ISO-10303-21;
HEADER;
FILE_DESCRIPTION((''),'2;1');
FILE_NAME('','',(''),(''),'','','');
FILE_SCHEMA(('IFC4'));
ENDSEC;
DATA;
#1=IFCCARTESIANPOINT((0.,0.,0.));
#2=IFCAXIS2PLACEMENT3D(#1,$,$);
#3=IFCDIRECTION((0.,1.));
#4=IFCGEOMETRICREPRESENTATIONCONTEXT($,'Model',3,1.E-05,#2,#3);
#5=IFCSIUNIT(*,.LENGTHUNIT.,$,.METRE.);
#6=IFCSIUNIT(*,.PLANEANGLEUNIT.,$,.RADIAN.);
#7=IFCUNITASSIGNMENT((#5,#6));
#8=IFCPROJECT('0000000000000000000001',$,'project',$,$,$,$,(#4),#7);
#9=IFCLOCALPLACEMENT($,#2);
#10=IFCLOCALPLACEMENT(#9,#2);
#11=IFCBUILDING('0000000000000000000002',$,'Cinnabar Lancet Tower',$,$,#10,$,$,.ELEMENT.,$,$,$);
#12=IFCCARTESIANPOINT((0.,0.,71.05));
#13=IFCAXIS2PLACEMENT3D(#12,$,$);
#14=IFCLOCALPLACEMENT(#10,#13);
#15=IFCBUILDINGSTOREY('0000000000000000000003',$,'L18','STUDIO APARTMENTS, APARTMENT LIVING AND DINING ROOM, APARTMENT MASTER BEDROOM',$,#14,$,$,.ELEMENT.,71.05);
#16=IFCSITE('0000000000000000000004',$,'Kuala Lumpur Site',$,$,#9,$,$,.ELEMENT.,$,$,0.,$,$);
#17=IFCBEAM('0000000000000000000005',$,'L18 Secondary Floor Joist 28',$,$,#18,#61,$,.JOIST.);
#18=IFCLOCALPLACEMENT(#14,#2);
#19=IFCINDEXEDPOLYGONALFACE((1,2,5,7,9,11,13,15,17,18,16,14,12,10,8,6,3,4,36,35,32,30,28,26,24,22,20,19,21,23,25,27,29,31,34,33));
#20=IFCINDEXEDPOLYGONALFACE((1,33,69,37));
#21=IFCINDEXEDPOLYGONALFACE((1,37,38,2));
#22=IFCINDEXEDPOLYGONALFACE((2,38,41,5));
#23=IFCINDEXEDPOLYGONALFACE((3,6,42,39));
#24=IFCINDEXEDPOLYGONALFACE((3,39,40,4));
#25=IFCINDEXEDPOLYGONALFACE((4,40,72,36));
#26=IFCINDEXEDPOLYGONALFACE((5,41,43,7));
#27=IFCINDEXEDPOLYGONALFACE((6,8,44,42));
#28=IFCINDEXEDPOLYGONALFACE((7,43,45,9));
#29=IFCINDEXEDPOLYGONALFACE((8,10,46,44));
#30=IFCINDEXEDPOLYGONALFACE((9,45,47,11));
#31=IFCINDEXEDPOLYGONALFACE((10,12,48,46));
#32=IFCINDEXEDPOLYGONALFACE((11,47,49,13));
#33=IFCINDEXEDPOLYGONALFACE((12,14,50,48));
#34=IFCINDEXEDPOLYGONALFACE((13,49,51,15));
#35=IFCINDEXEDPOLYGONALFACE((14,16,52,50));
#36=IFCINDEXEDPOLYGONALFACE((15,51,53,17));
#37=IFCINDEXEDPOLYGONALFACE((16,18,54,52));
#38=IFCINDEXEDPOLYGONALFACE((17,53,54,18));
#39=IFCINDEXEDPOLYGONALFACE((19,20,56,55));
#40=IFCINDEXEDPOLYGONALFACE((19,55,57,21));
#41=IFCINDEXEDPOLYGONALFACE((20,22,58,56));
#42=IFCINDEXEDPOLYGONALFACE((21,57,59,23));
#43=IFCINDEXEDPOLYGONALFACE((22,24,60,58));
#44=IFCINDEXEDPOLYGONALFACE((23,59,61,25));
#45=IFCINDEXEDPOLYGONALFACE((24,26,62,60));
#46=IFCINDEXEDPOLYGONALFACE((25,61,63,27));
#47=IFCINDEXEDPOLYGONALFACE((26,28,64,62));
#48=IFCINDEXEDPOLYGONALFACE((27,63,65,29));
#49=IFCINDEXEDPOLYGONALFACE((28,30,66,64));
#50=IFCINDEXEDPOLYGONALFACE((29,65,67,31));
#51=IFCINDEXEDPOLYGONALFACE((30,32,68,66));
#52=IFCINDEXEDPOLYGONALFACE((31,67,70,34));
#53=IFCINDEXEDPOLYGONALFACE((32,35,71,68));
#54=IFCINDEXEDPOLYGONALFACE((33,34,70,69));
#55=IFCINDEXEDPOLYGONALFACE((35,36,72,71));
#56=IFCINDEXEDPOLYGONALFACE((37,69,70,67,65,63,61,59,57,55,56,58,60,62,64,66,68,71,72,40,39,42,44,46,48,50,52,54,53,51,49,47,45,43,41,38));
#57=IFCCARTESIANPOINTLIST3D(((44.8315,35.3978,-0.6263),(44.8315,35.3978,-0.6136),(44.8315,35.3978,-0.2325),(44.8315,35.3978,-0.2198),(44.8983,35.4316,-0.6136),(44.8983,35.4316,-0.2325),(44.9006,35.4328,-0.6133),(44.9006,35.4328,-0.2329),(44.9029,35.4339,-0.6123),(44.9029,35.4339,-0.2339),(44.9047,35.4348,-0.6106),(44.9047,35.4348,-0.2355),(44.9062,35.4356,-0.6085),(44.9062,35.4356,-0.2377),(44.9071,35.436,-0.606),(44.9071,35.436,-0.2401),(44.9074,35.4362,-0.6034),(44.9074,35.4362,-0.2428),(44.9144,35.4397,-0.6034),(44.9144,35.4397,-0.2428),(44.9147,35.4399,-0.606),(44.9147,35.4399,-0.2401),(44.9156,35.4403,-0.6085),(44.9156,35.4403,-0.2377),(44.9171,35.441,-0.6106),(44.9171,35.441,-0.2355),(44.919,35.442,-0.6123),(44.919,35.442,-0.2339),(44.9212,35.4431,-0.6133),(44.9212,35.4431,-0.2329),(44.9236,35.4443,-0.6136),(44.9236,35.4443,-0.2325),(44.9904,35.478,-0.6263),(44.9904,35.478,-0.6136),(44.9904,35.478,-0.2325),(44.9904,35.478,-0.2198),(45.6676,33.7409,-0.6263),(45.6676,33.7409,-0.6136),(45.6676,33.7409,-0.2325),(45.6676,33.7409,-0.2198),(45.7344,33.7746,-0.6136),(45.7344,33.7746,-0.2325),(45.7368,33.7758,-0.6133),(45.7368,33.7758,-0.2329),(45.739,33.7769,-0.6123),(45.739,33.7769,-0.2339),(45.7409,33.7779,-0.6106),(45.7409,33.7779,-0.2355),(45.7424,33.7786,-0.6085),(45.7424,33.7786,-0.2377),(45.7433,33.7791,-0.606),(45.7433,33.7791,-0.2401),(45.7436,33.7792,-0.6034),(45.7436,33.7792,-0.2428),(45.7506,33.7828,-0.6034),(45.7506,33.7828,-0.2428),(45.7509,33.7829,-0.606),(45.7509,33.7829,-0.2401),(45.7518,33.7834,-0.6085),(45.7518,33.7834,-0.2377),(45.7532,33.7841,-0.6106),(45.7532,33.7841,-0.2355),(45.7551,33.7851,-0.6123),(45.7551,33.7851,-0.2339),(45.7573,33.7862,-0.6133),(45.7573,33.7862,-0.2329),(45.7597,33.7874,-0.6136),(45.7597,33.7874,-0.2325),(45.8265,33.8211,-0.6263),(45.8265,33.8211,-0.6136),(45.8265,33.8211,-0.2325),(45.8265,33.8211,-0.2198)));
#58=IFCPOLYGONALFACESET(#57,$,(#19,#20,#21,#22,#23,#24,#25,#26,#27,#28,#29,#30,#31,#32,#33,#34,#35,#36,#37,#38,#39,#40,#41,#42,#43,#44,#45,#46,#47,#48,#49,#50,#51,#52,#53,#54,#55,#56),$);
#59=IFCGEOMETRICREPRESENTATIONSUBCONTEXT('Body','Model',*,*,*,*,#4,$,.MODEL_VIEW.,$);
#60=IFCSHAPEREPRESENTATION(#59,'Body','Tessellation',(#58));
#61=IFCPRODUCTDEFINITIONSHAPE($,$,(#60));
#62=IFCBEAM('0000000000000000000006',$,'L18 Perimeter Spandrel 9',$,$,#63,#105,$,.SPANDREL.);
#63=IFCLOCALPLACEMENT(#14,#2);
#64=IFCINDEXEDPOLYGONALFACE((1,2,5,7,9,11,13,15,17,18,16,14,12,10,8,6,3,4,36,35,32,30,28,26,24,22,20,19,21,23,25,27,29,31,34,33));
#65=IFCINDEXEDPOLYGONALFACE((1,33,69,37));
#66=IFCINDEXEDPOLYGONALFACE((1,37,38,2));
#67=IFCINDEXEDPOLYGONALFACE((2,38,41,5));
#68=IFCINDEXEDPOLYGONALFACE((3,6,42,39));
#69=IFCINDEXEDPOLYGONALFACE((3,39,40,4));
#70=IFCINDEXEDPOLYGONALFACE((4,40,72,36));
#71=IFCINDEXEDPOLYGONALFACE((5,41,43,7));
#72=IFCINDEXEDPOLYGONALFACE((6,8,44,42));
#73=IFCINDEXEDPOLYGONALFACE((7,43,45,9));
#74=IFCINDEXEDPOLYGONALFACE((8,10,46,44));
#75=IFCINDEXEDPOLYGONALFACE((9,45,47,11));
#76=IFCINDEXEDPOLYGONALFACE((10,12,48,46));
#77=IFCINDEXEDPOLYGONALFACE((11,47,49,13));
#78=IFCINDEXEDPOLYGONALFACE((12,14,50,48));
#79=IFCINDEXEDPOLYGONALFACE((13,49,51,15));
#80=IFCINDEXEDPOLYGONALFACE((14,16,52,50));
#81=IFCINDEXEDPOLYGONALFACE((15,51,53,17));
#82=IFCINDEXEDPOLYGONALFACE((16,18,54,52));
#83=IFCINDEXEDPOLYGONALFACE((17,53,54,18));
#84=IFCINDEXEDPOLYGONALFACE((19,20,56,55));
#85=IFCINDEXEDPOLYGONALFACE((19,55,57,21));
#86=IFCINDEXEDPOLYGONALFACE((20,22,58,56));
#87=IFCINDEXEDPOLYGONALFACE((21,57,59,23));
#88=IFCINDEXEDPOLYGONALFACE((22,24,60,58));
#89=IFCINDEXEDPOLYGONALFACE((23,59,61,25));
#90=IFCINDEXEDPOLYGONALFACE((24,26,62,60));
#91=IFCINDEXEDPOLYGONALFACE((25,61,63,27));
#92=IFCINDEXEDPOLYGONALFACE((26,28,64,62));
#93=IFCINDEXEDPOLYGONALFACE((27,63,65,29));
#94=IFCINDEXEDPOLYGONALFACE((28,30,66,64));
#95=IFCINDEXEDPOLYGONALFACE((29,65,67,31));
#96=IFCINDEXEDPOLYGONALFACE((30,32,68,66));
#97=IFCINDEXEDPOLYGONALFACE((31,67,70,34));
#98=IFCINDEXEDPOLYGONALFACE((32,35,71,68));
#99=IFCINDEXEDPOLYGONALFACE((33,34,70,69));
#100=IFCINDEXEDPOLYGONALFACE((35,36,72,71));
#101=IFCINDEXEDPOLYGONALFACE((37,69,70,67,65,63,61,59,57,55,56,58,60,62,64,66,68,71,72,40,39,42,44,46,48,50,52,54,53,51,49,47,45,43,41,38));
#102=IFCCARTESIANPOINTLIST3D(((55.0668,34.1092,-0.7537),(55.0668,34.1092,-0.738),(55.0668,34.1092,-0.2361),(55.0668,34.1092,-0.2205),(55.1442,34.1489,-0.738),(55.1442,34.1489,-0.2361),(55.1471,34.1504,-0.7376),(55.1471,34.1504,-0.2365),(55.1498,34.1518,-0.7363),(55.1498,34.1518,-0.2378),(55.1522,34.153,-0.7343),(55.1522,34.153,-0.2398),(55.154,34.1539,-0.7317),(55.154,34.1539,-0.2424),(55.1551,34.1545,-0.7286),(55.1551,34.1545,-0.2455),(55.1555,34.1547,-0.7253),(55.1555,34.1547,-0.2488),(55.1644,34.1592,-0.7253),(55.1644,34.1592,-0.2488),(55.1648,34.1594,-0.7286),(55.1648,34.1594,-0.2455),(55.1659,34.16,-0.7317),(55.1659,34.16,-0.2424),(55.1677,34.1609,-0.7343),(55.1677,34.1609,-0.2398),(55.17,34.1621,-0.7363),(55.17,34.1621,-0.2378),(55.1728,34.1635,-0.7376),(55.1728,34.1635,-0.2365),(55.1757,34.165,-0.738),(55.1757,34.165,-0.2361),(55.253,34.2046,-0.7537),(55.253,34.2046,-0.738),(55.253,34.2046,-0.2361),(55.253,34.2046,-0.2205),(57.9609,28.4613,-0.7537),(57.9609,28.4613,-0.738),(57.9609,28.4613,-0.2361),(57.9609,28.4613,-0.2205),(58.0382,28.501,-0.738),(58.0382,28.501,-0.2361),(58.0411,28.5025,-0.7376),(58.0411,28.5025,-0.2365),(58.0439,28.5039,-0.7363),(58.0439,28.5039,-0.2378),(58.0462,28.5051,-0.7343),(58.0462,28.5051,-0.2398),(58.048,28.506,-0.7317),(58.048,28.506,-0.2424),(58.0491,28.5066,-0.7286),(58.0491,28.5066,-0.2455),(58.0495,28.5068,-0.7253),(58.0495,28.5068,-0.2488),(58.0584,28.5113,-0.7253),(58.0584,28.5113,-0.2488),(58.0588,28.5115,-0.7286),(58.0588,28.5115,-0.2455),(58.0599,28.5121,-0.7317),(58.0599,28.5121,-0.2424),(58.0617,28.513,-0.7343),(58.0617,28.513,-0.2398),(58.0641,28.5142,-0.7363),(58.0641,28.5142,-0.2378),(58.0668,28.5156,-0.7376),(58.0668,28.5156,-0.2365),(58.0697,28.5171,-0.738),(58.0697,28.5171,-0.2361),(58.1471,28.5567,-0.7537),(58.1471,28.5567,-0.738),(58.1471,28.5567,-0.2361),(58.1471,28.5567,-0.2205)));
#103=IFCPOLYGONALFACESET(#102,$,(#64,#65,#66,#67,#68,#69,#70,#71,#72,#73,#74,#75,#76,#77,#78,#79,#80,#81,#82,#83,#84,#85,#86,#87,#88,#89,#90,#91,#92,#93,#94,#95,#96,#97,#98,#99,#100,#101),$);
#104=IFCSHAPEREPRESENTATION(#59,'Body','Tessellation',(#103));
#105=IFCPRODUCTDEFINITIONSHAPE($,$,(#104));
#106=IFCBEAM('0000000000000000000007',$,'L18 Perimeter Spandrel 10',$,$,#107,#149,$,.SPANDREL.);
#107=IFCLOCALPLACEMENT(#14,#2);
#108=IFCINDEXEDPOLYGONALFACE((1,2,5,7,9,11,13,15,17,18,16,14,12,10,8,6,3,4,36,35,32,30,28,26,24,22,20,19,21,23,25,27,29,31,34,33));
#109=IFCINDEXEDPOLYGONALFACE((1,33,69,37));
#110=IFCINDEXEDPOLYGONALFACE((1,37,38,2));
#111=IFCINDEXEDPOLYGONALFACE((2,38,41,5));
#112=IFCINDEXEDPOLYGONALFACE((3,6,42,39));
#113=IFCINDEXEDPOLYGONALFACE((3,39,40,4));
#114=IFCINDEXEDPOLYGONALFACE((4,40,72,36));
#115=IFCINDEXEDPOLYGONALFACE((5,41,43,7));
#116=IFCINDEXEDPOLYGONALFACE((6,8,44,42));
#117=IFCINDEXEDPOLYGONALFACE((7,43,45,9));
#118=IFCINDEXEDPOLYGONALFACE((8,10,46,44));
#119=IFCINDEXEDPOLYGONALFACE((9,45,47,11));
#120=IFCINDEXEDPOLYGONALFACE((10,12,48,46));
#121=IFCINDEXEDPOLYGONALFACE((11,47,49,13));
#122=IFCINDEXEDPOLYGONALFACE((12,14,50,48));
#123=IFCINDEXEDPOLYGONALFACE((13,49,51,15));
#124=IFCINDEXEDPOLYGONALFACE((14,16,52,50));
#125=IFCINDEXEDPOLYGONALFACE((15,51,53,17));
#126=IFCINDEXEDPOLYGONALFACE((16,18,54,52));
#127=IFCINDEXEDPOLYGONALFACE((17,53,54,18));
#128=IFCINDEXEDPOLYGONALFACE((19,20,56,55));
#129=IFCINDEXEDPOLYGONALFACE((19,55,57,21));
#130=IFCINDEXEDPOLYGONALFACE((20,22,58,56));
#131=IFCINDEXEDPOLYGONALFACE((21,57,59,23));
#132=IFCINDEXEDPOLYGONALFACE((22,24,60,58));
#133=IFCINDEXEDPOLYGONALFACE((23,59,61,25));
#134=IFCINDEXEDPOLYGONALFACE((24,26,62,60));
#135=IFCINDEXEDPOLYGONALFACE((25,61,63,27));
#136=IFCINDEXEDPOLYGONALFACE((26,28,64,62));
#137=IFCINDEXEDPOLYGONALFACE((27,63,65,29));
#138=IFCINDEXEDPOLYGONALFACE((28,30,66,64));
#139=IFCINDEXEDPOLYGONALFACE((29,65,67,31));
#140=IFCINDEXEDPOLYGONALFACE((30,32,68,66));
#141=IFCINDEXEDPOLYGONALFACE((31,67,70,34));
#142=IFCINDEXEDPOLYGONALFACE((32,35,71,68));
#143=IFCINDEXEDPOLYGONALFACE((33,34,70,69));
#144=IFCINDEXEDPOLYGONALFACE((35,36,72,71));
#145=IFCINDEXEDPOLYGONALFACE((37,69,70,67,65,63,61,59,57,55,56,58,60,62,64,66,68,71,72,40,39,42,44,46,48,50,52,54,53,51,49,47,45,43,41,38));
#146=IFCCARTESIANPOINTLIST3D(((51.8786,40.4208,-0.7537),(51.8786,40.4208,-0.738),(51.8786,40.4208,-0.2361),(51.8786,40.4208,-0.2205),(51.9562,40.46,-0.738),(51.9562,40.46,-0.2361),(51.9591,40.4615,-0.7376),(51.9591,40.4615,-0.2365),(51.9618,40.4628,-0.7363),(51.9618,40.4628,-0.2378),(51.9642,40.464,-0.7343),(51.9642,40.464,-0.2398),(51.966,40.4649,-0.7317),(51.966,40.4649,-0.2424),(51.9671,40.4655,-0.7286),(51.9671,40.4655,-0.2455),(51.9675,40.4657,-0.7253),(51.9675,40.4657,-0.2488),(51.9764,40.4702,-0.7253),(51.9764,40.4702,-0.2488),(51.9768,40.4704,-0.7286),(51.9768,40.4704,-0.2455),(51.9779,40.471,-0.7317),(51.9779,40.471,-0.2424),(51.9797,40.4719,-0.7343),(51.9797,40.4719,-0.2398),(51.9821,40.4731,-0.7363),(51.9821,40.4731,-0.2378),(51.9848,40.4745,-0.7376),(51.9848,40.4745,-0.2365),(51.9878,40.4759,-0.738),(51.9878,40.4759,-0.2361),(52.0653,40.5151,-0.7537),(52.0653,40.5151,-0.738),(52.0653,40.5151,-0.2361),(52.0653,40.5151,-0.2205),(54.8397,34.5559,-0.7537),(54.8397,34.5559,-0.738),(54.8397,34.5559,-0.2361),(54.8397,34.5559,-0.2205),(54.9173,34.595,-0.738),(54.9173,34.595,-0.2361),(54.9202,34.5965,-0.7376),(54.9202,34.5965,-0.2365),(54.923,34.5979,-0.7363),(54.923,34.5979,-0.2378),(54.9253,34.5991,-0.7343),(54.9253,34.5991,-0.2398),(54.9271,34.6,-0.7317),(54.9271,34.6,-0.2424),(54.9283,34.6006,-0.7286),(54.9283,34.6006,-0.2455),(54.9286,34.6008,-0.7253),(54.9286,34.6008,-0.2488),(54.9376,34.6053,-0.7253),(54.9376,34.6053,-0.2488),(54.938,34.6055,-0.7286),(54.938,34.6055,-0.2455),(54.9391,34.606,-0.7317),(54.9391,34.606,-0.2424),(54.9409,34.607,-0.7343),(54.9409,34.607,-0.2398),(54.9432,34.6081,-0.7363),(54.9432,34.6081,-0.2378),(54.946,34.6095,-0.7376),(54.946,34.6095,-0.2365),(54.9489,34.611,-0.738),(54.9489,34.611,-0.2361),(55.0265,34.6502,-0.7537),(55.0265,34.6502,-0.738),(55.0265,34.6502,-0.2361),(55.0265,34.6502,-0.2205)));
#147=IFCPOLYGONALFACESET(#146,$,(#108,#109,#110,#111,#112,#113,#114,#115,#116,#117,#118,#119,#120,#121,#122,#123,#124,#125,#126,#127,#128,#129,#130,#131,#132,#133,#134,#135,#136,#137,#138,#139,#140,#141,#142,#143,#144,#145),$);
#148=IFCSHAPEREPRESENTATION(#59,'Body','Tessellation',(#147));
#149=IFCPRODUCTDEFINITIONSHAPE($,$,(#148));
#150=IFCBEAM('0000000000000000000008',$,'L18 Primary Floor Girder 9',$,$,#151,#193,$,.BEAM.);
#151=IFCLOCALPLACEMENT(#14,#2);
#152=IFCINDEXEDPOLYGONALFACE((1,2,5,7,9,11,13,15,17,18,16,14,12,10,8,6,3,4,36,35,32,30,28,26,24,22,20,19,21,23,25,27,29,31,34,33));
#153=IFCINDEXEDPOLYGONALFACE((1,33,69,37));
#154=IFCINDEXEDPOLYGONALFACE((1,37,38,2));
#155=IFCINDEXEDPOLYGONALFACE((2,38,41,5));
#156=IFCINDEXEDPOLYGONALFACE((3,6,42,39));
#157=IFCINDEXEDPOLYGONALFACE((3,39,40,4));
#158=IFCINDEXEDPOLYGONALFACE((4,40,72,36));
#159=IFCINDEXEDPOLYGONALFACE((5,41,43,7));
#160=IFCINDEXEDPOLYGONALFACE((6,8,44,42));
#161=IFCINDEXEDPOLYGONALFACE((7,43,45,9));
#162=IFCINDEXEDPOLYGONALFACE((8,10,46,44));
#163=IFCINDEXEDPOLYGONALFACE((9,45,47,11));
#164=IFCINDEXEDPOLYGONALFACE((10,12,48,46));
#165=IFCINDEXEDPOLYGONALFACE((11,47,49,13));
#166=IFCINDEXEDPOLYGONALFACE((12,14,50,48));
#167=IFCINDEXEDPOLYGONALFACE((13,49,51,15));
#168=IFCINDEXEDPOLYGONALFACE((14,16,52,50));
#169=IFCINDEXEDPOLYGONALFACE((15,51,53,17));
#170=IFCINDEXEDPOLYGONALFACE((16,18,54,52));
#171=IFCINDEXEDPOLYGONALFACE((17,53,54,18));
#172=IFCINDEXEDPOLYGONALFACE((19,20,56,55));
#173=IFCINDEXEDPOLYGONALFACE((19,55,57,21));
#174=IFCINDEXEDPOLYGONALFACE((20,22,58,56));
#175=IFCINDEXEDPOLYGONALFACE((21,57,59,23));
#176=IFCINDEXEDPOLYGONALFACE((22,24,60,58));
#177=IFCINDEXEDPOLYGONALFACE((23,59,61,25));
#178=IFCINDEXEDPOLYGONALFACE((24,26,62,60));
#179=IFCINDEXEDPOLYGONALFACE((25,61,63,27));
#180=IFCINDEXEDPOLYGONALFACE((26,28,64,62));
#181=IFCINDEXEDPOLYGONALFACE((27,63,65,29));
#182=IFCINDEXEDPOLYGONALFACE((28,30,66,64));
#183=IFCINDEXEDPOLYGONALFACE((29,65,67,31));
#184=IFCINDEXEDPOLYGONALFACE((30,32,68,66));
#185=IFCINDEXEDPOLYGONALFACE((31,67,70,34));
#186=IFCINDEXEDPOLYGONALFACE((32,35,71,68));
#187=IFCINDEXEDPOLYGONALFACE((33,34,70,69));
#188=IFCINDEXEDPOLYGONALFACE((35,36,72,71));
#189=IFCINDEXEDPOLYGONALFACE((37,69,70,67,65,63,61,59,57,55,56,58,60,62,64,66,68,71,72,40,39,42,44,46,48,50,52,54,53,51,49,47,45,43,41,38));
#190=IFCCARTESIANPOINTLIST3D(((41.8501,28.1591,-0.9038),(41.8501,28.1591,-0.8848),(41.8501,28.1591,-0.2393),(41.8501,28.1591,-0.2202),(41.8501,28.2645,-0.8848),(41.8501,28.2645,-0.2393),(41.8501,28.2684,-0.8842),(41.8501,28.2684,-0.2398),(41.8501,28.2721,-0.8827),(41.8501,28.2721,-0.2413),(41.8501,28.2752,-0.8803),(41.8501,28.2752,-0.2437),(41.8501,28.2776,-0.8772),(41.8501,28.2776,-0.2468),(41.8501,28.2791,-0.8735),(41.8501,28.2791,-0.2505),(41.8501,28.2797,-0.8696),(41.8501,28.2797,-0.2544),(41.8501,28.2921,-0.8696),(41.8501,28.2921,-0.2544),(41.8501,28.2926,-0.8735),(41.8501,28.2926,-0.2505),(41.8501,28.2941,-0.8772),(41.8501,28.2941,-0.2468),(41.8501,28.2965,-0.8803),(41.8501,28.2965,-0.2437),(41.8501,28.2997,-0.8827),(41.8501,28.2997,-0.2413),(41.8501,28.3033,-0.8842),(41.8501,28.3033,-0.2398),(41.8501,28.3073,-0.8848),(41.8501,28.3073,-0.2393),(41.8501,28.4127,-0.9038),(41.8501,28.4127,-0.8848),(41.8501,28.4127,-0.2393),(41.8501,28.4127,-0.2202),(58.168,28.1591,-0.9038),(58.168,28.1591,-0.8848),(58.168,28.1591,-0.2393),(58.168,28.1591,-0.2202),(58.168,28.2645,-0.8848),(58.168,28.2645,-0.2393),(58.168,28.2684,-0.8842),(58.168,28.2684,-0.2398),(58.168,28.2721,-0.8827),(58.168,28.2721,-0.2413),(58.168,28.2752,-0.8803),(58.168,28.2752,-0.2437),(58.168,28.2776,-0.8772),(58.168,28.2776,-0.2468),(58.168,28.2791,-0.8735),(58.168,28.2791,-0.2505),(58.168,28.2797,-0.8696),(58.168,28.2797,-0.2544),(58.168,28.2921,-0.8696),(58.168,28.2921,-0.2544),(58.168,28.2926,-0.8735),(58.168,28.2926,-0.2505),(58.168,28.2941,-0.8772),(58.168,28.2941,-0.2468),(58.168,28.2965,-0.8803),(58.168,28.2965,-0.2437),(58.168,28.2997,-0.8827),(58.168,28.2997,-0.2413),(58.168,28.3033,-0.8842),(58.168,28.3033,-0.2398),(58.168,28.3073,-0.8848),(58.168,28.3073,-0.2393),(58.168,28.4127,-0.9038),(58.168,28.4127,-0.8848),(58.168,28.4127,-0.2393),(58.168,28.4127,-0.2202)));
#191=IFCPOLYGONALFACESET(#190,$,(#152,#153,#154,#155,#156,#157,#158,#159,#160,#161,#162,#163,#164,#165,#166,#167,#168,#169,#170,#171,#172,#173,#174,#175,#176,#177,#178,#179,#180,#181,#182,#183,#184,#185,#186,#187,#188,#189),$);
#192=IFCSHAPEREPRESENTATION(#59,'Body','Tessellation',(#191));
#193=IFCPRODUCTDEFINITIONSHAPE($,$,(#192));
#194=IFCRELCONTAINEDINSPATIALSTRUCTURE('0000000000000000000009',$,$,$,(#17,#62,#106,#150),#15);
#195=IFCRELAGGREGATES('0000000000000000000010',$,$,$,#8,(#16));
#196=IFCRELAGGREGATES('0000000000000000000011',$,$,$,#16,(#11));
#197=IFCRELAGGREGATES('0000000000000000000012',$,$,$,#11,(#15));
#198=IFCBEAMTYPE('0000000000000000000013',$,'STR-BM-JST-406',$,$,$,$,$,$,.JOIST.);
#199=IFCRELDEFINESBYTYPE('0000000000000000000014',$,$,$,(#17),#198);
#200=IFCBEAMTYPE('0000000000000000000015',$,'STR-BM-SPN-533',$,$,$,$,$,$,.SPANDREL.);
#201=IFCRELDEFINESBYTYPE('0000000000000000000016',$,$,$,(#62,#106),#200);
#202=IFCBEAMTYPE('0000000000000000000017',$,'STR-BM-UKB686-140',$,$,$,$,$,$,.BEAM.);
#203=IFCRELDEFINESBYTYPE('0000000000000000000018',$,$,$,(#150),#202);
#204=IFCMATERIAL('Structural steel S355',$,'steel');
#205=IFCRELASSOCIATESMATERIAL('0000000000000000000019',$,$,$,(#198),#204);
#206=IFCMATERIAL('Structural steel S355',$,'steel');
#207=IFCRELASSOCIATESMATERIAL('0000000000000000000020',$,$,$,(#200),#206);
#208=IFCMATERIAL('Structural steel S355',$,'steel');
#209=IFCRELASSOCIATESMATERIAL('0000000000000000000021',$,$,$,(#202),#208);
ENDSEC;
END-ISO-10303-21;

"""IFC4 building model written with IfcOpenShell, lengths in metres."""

from ifc_helpers import new_model, si_unit, direction, frame, origin, origin_2d, place, context, subcontext, project, spatial, i_section, extrude, material, material_profile, profile_set, type_object, element, save


model = new_model("IFC4")

# Units and contexts
model_context = context("Model", 3, precision=1e-05, world=origin(), true_north=direction((0.0, 1.0)))
body_context = subcontext(model_context, "Body", "Model", "MODEL_VIEW")
ifc_project = project(units=[si_unit("LENGTHUNIT", "METRE"), si_unit("PLANEANGLEUNIT", "RADIAN")], contexts=[model_context])

# Site, building, storey
site_placement = place(None, origin())
site = spatial("IfcSite", under=ifc_project, at=site_placement, Name="Kuala Lumpur Site", CompositionType="ELEMENT", RefElevation=0.0)
building_placement = place(site_placement, origin())
building = spatial("IfcBuilding", under=site, at=building_placement, Name="Cinnabar Lancet Tower", CompositionType="ELEMENT")
storey_placement = place(building_placement, frame((0.0, 0.0, 71.05)))
storey = spatial("IfcBuildingStorey", under=building, at=storey_placement, Name="L18", Description="STUDIO APARTMENTS, APARTMENT LIVING AND DINING ROOM, APARTMENT MASTER BEDROOM", CompositionType="ELEMENT", Elevation=71.05)

# Beams
ifc_material_1 = material(Name="Structural steel S355", Category="steel")
ifc_material_profile_1 = material_profile(ifc_material_1, i_section(OverallWidth=0.178, OverallDepth=0.4065, WebThickness=0.0078, FlangeThickness=0.0127, FilletRadius=0.0103, at=origin_2d()), Name="UKB 406x178x60")
ifc_profile_set_1 = profile_set([ifc_material_profile_1], Name="Structural steel S355")
beam_type_1 = type_object("IfcBeamType", Name="STR-BM-JST-406", PredefinedType="JOIST", material=ifc_profile_set_1)
beam_1_placement = place(storey_placement, frame((45.7471, 33.781, -0.4231), z_axis=(-0.450525, 0.892764, 0.0), x_axis=(-0.892764, -0.450525, 0.0)))
element("IfcBeam", 1, at=beam_1_placement, inside=storey, type_object=beam_type_1, Name="L18 Secondary Floor Joist 28", PredefinedType="JOIST", context=body_context, shape_type="SweptSolid", body=[
    extrude(i_section(OverallWidth=0.178, OverallDepth=0.4065, WebThickness=0.0078, FlangeThickness=0.0127, FilletRadius=0.0103, at=origin_2d()), origin(), (0.0, 0.0, 1.0), 1.856),
])
ifc_material_2 = material(Name="Structural steel S355", Category="steel")
ifc_material_profile_2 = material_profile(ifc_material_2, i_section(OverallWidth=0.2092, OverallDepth=0.5332, WebThickness=0.01, FlangeThickness=0.0156, FilletRadius=0.0127, at=origin_2d()), Name="UKB 533x210x92")
ifc_profile_set_2 = profile_set([ifc_material_profile_2], Name="Structural steel S355")
beam_type_2 = type_object("IfcBeamType", Name="STR-BM-SPN-533", PredefinedType="SPANDREL", material=ifc_profile_set_2)
beam_2_placement = place(storey_placement, frame((58.054, 28.509, -0.4871), z_axis=(-0.456025, 0.889967, 0.0), x_axis=(-0.889967, -0.456025, 0.0)))
element("IfcBeam", 2, at=beam_2_placement, inside=storey, type_object=beam_type_2, Name="L18 Perimeter Spandrel 9", PredefinedType="SPANDREL", context=body_context, shape_type="SweptSolid", body=[
    extrude(i_section(OverallWidth=0.2092, OverallDepth=0.5332, WebThickness=0.01, FlangeThickness=0.0156, FilletRadius=0.0127, at=origin_2d()), origin(), (0.0, 0.0, 1.0), 6.3462),
])
beam_3_placement = place(storey_placement, frame((54.9331, 34.603, -0.4871), z_axis=(-0.450703, 0.892674, 0.0), x_axis=(-0.892674, -0.450703, 0.0)))
element("IfcBeam", 3, at=beam_3_placement, inside=storey, type_object=beam_type_2, Name="L18 Perimeter Spandrel 10", PredefinedType="SPANDREL", context=body_context, shape_type="SweptSolid", body=[
    extrude(i_section(OverallWidth=0.2092, OverallDepth=0.5332, WebThickness=0.01, FlangeThickness=0.0156, FilletRadius=0.0127, at=origin_2d()), origin(), (0.0, 0.0, 1.0), 6.5701),
])
ifc_material_3 = material(Name="Structural steel S355", Category="steel")
ifc_material_profile_3 = material_profile(ifc_material_3, i_section(OverallWidth=0.2537, OverallDepth=0.6836, WebThickness=0.0125, FlangeThickness=0.019, FilletRadius=0.0151, at=origin_2d()), Name="UKB 686x254x140")
ifc_profile_set_3 = profile_set([ifc_material_profile_3], Name="Structural steel S355")
beam_type_3 = type_object("IfcBeamType", Name="STR-BM-UKB686-140", PredefinedType="BEAM", material=ifc_profile_set_3)
beam_4_placement = place(storey_placement, frame((58.168, 28.2859, -0.562), z_axis=(-1.0, 0.0, 0.0), x_axis=(0.0, -1.0, 0.0)))
element("IfcBeam", 4, at=beam_4_placement, inside=storey, type_object=beam_type_3, Name="L18 Primary Floor Girder 9", PredefinedType="BEAM", context=body_context, shape_type="SweptSolid", body=[
    extrude(i_section(OverallWidth=0.2537, OverallDepth=0.6836, WebThickness=0.0125, FlangeThickness=0.019, FilletRadius=0.0151, at=origin_2d()), origin(), (0.0, 0.0, 1.0), 16.3179),
])

save(model, "model.ifc")
